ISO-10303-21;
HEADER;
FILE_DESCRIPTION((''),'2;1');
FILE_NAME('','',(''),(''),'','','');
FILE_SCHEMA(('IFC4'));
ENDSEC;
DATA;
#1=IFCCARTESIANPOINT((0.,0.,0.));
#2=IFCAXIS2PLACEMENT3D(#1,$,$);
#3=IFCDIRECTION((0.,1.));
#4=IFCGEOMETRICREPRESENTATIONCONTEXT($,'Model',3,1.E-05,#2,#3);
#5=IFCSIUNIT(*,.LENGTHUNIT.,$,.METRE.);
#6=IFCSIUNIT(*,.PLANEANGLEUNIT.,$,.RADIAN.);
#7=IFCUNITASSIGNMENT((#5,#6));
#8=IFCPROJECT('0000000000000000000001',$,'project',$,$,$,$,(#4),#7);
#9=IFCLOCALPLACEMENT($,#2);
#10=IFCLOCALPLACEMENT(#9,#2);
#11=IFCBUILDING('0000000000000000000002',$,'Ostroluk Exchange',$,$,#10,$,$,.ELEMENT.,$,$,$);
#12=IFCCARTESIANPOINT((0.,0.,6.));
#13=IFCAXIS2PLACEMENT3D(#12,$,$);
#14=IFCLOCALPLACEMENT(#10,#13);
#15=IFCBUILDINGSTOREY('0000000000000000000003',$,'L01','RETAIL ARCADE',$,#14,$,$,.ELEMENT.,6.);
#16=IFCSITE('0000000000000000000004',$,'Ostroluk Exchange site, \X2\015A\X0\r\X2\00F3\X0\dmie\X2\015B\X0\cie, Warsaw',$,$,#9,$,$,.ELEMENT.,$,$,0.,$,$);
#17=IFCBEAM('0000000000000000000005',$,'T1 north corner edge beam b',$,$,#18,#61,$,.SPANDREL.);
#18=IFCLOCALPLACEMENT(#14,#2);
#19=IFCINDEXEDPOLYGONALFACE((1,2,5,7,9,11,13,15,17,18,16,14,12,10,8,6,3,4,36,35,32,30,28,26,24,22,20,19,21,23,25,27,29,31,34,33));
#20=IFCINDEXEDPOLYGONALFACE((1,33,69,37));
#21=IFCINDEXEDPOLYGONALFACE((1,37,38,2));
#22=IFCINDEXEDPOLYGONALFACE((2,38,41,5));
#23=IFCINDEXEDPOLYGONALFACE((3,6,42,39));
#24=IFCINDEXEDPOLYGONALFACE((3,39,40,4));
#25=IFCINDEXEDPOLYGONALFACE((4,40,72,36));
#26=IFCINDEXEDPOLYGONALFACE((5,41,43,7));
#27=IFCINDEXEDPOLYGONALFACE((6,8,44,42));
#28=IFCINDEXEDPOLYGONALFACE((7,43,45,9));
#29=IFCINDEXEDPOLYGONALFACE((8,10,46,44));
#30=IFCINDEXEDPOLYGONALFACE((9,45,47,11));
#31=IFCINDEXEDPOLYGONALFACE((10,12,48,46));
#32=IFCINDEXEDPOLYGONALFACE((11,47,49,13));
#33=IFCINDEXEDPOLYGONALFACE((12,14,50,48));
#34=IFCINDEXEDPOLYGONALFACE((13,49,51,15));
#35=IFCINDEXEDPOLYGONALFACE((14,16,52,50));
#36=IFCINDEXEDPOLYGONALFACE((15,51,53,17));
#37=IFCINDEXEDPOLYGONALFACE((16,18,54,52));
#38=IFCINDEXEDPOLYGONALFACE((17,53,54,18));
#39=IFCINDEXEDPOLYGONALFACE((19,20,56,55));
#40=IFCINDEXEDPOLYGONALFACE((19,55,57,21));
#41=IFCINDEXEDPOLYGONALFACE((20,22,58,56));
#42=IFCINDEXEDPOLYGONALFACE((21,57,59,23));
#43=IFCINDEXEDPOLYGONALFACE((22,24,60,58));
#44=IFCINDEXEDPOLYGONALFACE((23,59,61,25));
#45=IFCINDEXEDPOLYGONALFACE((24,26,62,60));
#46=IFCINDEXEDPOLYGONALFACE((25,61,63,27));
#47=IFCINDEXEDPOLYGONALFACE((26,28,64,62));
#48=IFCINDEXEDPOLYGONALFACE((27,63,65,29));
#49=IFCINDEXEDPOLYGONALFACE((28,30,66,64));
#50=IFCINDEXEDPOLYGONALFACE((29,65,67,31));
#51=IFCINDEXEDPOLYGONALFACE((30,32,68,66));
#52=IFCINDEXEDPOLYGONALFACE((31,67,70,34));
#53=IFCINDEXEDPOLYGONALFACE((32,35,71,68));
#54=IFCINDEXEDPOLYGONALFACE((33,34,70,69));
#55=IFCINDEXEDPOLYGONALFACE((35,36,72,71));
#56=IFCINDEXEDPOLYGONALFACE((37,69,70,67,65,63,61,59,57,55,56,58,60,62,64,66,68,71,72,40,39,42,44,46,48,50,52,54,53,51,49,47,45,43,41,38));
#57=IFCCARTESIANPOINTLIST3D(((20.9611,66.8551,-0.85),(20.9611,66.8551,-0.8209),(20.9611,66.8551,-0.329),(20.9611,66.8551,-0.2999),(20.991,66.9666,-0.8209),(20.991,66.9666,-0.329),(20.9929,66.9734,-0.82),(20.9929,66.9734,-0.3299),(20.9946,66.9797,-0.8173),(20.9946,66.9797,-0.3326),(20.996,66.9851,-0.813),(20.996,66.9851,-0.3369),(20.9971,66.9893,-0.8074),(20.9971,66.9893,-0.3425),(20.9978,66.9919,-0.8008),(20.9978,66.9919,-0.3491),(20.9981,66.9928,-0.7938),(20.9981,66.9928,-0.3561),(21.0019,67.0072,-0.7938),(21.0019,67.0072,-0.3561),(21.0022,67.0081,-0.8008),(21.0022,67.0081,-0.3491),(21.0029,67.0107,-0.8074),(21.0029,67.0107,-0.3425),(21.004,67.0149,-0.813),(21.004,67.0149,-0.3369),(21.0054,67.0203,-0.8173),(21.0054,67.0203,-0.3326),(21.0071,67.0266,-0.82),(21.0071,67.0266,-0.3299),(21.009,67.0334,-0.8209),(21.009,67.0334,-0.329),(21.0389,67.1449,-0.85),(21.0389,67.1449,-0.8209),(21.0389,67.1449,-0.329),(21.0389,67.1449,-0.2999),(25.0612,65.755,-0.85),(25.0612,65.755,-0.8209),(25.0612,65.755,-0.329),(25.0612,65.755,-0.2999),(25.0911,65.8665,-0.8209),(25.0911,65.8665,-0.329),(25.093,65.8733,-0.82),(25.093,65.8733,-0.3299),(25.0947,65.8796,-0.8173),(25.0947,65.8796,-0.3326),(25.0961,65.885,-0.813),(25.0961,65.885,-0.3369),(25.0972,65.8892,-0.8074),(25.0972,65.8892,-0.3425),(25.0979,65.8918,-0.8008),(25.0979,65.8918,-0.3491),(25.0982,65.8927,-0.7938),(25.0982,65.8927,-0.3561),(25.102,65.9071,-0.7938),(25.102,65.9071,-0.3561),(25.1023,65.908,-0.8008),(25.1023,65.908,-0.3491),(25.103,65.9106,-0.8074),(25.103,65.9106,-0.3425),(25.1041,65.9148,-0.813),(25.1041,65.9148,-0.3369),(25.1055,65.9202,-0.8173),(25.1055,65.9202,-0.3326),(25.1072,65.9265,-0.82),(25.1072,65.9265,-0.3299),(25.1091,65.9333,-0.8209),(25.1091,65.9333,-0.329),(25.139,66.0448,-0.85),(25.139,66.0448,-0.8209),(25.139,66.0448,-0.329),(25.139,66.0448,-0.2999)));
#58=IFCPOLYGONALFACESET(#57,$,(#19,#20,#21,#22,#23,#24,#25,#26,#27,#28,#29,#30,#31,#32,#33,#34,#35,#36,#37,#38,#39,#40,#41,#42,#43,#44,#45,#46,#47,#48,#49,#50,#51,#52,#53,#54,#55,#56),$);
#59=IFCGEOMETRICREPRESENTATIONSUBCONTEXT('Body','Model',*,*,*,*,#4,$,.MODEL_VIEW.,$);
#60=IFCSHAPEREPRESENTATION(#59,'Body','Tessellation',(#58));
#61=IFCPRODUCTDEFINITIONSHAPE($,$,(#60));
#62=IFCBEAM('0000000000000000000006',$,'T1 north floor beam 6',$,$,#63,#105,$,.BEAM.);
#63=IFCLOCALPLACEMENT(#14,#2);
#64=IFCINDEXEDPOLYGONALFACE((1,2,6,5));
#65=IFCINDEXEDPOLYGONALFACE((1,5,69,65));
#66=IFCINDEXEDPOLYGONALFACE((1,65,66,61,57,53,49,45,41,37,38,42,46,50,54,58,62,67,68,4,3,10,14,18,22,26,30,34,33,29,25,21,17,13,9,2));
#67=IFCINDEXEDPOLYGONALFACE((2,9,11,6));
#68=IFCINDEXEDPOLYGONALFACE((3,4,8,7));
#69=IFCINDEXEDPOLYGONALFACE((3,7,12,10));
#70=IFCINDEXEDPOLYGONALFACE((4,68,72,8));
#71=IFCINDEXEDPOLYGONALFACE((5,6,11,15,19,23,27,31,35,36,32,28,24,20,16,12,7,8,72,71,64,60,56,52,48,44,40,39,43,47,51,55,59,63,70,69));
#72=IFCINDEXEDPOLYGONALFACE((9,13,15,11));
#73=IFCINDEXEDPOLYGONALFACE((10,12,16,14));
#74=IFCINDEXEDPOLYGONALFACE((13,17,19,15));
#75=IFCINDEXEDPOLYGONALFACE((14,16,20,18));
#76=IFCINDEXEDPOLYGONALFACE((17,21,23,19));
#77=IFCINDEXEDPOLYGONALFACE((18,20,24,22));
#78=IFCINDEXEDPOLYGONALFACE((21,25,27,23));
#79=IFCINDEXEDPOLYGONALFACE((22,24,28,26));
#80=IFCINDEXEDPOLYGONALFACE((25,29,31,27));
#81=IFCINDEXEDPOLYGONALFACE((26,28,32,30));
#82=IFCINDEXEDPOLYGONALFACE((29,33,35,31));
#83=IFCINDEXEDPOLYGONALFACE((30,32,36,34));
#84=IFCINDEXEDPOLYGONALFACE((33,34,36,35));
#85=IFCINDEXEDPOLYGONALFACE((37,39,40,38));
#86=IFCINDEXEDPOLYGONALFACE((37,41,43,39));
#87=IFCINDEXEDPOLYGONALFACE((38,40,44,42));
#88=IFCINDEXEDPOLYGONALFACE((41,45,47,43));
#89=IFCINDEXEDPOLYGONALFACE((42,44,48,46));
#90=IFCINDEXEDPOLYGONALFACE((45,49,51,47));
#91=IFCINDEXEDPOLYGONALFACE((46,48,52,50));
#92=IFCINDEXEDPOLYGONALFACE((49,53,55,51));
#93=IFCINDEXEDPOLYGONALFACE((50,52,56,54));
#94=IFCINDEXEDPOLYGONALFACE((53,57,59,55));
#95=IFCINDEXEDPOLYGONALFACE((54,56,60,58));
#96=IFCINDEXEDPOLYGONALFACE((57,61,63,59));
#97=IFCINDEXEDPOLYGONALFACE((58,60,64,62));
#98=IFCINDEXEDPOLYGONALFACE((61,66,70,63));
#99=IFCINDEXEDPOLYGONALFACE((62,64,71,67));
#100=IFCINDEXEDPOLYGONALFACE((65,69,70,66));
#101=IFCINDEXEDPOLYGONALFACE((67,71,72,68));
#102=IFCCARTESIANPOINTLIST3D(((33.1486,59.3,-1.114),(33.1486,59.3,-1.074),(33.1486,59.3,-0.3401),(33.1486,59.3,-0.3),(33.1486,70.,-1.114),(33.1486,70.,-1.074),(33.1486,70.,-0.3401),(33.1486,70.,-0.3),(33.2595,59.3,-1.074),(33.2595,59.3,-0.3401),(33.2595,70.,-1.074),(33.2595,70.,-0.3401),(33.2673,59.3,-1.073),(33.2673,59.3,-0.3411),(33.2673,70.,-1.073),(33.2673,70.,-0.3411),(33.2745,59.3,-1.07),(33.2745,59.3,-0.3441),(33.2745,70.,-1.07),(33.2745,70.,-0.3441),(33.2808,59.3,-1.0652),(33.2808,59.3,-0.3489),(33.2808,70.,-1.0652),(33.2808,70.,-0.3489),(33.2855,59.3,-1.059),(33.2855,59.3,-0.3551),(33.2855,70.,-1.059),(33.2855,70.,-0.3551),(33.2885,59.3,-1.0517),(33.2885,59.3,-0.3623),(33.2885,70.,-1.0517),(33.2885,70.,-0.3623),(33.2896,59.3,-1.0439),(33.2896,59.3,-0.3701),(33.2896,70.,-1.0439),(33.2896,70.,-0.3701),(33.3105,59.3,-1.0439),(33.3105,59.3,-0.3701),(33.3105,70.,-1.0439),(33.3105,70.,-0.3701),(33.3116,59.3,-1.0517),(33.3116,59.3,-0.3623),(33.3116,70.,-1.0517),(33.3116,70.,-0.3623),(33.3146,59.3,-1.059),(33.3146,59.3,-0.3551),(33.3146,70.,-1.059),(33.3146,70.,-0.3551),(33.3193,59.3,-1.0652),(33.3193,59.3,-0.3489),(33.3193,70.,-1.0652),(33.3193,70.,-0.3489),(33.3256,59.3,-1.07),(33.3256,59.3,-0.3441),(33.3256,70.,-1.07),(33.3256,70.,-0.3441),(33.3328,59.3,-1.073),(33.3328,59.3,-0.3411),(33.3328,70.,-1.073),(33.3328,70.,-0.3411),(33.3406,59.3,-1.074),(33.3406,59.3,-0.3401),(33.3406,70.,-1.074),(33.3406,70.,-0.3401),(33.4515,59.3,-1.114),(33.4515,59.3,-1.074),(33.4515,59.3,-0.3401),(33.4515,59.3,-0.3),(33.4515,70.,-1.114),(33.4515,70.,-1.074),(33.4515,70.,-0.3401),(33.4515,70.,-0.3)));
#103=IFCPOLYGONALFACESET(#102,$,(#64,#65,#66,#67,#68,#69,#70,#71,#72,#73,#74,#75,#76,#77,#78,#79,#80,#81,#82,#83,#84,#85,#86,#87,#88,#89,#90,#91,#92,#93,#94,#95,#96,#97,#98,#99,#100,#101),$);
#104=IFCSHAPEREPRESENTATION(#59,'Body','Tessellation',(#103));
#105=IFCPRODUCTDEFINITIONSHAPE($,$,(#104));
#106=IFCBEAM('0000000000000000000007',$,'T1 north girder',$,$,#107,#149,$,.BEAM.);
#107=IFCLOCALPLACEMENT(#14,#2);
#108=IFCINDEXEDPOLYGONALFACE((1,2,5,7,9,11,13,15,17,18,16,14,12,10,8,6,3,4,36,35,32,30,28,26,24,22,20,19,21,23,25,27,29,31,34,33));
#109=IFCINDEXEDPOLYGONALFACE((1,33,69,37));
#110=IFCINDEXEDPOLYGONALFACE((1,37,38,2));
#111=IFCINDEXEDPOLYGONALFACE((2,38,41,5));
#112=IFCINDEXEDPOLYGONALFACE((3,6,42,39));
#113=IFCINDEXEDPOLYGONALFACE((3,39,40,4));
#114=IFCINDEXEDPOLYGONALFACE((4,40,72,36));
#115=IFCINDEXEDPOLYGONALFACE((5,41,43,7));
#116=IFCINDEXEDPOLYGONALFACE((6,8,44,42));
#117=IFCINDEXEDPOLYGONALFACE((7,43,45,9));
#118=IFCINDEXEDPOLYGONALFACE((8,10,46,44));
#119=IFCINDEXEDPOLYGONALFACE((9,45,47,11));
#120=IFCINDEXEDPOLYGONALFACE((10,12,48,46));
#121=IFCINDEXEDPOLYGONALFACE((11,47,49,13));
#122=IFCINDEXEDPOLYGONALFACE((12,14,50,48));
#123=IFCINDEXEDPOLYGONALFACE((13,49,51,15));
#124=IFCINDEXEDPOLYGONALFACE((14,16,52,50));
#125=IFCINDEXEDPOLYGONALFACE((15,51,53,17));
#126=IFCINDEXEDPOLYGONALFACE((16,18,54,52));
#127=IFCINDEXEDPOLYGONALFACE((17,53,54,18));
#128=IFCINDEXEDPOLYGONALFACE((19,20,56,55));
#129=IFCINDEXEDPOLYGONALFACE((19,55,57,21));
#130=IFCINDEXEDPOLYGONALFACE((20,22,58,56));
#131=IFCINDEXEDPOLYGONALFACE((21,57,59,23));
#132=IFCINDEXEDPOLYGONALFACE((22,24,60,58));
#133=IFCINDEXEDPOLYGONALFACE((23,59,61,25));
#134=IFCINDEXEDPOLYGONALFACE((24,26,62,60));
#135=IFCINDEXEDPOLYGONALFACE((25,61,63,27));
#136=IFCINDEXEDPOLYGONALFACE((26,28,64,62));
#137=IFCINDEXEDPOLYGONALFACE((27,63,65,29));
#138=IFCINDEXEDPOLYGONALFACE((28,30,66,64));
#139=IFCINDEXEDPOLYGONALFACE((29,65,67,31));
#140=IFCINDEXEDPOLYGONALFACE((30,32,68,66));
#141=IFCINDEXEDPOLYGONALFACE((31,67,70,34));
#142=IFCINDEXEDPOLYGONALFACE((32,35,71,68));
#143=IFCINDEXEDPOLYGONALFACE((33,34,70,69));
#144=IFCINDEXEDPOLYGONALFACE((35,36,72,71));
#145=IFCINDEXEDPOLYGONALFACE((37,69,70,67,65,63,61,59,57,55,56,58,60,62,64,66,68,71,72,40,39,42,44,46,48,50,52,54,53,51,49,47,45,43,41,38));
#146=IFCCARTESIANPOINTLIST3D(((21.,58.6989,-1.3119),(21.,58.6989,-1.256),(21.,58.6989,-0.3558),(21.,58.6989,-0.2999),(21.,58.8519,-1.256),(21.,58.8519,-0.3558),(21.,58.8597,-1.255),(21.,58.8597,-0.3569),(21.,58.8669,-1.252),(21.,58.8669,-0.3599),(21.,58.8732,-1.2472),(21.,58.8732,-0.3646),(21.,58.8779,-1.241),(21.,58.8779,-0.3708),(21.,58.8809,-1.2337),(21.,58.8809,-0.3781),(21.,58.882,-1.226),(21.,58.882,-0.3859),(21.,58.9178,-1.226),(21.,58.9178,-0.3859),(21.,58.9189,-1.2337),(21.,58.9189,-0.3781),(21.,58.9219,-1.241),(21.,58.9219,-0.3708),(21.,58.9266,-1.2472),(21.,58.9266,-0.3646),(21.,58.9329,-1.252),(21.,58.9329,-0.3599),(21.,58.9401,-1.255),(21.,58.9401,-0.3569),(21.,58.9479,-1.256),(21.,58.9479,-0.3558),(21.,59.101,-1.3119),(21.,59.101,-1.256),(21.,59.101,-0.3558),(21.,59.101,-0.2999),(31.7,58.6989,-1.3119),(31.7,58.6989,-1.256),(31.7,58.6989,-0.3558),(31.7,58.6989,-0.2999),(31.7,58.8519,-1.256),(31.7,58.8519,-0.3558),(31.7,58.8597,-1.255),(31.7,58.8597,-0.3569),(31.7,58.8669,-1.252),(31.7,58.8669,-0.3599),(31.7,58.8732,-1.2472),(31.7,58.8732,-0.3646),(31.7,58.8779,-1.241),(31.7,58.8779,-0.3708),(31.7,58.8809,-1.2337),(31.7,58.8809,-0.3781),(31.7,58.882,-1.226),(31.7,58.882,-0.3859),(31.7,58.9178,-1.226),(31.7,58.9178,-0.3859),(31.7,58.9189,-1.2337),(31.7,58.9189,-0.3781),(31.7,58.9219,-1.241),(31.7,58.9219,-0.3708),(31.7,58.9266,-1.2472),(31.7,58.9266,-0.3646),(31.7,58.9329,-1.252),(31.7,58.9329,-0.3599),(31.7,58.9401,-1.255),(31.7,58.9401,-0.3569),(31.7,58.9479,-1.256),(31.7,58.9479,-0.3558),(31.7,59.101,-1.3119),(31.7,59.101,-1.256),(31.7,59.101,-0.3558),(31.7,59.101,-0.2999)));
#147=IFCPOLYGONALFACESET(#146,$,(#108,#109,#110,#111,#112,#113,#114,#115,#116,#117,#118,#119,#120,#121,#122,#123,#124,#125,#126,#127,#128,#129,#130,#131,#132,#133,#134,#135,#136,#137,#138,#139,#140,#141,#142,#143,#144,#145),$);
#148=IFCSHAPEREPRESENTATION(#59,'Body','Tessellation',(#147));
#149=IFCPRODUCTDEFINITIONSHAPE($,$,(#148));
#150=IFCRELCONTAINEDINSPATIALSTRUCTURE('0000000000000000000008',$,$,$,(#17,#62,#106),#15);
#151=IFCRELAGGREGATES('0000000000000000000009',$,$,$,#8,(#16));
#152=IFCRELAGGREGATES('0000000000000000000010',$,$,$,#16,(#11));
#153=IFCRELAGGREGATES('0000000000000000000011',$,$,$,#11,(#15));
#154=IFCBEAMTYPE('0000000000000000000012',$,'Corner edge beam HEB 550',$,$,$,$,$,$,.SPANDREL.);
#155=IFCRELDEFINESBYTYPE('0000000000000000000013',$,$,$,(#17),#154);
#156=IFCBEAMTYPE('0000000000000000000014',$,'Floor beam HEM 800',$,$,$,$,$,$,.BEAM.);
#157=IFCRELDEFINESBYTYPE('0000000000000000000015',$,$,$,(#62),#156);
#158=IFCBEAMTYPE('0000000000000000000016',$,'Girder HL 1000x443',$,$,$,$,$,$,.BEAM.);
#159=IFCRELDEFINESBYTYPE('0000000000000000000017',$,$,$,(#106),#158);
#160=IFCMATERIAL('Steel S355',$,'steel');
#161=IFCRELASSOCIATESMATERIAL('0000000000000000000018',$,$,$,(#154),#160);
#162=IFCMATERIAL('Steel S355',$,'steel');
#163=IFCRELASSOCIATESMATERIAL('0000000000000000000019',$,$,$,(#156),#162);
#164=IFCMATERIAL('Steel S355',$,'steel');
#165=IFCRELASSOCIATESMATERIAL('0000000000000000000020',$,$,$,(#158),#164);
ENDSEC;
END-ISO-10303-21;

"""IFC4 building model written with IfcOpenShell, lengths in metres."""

from ifc_helpers import new_model, si_unit, direction, frame, origin, origin_2d, place, context, subcontext, project, spatial, i_section, extrude, material, material_profile, profile_set, type_object, element, save


model = new_model("IFC4")

# Units and contexts
model_context = context("Model", 3, precision=1e-05, world=origin(), true_north=direction((0.0, 1.0)))
body_context = subcontext(model_context, "Body", "Model", "MODEL_VIEW")
ifc_project = project(units=[si_unit("LENGTHUNIT", "METRE"), si_unit("PLANEANGLEUNIT", "RADIAN")], contexts=[model_context])

# Site, building, storey
site_placement = place(None, origin())
site = spatial("IfcSite", under=ifc_project, at=site_placement, Name="Ostroluk Exchange site, Śródmieście, Warsaw", CompositionType="ELEMENT", RefElevation=0.0)
building_placement = place(site_placement, origin())
building = spatial("IfcBuilding", under=site, at=building_placement, Name="Ostroluk Exchange", CompositionType="ELEMENT")
storey_placement = place(building_placement, frame((0.0, 0.0, 6.0)))
storey = spatial("IfcBuildingStorey", under=building, at=storey_placement, Name="L01", Description="RETAIL ARCADE", CompositionType="ELEMENT", Elevation=6.0)

# Beams
ifc_material_1 = material(Name="Steel S355", Category="steel")
ifc_material_profile_1 = material_profile(ifc_material_1, i_section(OverallWidth=0.3, OverallDepth=0.55, WebThickness=0.0149, FlangeThickness=0.0291, FilletRadius=0.0271, at=origin_2d()), Name="HEB 550")
ifc_profile_set_1 = profile_set([ifc_material_profile_1], Name="Steel S355")
beam_type_1 = type_object("IfcBeamType", Name="Corner edge beam HEB 550", PredefinedType="SPANDREL", material=ifc_profile_set_1)
for number, where, z_axis, x_axis, name in (
    (1, (25.1001, 65.8999, -0.575), (-0.965839, 0.259144, 0.0), (-0.259144, -0.965839, 0.0), "T1 north corner edge beam b"),
):
    element("IfcBeam", number, at=place(storey_placement, frame(where, z_axis=z_axis, x_axis=x_axis)), inside=storey, type_object=beam_type_1, Name=name, PredefinedType="SPANDREL", context=body_context, shape_type="SweptSolid", body=[
        extrude(i_section(OverallWidth=0.3, OverallDepth=0.55, WebThickness=0.0149, FlangeThickness=0.0291, FilletRadius=0.0271, at=origin_2d()), origin(), (0.0, 0.0, 1.0), 4.2451),
    ])
ifc_material_2 = material(Name="Steel S355", Category="steel")
ifc_material_profile_2 = material_profile(ifc_material_2, i_section(OverallWidth=0.303, OverallDepth=0.814, WebThickness=0.021, FlangeThickness=0.04, FilletRadius=0.03, at=origin_2d()), Name="HEM 800")
ifc_profile_set_2 = profile_set([ifc_material_profile_2], Name="Steel S355")
beam_type_2 = type_object("IfcBeamType", Name="Floor beam HEM 800", PredefinedType="BEAM", material=ifc_profile_set_2)
beam_1_placement = place(storey_placement, frame((33.3, 59.3, -0.707), z_axis=(0.0, 1.0, 0.0), x_axis=(-1.0, 0.0, 0.0)))
element("IfcBeam", 2, at=beam_1_placement, inside=storey, type_object=beam_type_2, Name="T1 north floor beam 6", PredefinedType="BEAM", context=body_context, shape_type="SweptSolid", body=[
    extrude(i_section(OverallWidth=0.303, OverallDepth=0.814, WebThickness=0.021, FlangeThickness=0.04, FilletRadius=0.03, at=origin_2d()), origin(), (0.0, 0.0, 1.0), 10.7),
])
ifc_material_3 = material(Name="Steel S355", Category="steel")
ifc_material_profile_3 = material_profile(ifc_material_3, i_section(OverallWidth=0.4021, OverallDepth=1.012, WebThickness=0.0359, FlangeThickness=0.0559, FilletRadius=0.03, at=origin_2d()), Name="HL 1000x443")
ifc_profile_set_3 = profile_set([ifc_material_profile_3], Name="Steel S355")
beam_type_3 = type_object("IfcBeamType", Name="Girder HL 1000x443", PredefinedType="BEAM", material=ifc_profile_set_3)
beam_2_placement = place(storey_placement, frame((31.7, 58.8999, -0.8059), z_axis=(-1.0, 0.0, 0.0), x_axis=(0.0, -1.0, 0.0)))
element("IfcBeam", 3, at=beam_2_placement, inside=storey, type_object=beam_type_3, Name="T1 north girder", PredefinedType="BEAM", context=body_context, shape_type="SweptSolid", body=[
    extrude(i_section(OverallWidth=0.4021, OverallDepth=1.012, WebThickness=0.0359, FlangeThickness=0.0559, FilletRadius=0.03, at=origin_2d()), origin(), (0.0, 0.0, 1.0), 10.7),
])

save(model, "model.ifc")
